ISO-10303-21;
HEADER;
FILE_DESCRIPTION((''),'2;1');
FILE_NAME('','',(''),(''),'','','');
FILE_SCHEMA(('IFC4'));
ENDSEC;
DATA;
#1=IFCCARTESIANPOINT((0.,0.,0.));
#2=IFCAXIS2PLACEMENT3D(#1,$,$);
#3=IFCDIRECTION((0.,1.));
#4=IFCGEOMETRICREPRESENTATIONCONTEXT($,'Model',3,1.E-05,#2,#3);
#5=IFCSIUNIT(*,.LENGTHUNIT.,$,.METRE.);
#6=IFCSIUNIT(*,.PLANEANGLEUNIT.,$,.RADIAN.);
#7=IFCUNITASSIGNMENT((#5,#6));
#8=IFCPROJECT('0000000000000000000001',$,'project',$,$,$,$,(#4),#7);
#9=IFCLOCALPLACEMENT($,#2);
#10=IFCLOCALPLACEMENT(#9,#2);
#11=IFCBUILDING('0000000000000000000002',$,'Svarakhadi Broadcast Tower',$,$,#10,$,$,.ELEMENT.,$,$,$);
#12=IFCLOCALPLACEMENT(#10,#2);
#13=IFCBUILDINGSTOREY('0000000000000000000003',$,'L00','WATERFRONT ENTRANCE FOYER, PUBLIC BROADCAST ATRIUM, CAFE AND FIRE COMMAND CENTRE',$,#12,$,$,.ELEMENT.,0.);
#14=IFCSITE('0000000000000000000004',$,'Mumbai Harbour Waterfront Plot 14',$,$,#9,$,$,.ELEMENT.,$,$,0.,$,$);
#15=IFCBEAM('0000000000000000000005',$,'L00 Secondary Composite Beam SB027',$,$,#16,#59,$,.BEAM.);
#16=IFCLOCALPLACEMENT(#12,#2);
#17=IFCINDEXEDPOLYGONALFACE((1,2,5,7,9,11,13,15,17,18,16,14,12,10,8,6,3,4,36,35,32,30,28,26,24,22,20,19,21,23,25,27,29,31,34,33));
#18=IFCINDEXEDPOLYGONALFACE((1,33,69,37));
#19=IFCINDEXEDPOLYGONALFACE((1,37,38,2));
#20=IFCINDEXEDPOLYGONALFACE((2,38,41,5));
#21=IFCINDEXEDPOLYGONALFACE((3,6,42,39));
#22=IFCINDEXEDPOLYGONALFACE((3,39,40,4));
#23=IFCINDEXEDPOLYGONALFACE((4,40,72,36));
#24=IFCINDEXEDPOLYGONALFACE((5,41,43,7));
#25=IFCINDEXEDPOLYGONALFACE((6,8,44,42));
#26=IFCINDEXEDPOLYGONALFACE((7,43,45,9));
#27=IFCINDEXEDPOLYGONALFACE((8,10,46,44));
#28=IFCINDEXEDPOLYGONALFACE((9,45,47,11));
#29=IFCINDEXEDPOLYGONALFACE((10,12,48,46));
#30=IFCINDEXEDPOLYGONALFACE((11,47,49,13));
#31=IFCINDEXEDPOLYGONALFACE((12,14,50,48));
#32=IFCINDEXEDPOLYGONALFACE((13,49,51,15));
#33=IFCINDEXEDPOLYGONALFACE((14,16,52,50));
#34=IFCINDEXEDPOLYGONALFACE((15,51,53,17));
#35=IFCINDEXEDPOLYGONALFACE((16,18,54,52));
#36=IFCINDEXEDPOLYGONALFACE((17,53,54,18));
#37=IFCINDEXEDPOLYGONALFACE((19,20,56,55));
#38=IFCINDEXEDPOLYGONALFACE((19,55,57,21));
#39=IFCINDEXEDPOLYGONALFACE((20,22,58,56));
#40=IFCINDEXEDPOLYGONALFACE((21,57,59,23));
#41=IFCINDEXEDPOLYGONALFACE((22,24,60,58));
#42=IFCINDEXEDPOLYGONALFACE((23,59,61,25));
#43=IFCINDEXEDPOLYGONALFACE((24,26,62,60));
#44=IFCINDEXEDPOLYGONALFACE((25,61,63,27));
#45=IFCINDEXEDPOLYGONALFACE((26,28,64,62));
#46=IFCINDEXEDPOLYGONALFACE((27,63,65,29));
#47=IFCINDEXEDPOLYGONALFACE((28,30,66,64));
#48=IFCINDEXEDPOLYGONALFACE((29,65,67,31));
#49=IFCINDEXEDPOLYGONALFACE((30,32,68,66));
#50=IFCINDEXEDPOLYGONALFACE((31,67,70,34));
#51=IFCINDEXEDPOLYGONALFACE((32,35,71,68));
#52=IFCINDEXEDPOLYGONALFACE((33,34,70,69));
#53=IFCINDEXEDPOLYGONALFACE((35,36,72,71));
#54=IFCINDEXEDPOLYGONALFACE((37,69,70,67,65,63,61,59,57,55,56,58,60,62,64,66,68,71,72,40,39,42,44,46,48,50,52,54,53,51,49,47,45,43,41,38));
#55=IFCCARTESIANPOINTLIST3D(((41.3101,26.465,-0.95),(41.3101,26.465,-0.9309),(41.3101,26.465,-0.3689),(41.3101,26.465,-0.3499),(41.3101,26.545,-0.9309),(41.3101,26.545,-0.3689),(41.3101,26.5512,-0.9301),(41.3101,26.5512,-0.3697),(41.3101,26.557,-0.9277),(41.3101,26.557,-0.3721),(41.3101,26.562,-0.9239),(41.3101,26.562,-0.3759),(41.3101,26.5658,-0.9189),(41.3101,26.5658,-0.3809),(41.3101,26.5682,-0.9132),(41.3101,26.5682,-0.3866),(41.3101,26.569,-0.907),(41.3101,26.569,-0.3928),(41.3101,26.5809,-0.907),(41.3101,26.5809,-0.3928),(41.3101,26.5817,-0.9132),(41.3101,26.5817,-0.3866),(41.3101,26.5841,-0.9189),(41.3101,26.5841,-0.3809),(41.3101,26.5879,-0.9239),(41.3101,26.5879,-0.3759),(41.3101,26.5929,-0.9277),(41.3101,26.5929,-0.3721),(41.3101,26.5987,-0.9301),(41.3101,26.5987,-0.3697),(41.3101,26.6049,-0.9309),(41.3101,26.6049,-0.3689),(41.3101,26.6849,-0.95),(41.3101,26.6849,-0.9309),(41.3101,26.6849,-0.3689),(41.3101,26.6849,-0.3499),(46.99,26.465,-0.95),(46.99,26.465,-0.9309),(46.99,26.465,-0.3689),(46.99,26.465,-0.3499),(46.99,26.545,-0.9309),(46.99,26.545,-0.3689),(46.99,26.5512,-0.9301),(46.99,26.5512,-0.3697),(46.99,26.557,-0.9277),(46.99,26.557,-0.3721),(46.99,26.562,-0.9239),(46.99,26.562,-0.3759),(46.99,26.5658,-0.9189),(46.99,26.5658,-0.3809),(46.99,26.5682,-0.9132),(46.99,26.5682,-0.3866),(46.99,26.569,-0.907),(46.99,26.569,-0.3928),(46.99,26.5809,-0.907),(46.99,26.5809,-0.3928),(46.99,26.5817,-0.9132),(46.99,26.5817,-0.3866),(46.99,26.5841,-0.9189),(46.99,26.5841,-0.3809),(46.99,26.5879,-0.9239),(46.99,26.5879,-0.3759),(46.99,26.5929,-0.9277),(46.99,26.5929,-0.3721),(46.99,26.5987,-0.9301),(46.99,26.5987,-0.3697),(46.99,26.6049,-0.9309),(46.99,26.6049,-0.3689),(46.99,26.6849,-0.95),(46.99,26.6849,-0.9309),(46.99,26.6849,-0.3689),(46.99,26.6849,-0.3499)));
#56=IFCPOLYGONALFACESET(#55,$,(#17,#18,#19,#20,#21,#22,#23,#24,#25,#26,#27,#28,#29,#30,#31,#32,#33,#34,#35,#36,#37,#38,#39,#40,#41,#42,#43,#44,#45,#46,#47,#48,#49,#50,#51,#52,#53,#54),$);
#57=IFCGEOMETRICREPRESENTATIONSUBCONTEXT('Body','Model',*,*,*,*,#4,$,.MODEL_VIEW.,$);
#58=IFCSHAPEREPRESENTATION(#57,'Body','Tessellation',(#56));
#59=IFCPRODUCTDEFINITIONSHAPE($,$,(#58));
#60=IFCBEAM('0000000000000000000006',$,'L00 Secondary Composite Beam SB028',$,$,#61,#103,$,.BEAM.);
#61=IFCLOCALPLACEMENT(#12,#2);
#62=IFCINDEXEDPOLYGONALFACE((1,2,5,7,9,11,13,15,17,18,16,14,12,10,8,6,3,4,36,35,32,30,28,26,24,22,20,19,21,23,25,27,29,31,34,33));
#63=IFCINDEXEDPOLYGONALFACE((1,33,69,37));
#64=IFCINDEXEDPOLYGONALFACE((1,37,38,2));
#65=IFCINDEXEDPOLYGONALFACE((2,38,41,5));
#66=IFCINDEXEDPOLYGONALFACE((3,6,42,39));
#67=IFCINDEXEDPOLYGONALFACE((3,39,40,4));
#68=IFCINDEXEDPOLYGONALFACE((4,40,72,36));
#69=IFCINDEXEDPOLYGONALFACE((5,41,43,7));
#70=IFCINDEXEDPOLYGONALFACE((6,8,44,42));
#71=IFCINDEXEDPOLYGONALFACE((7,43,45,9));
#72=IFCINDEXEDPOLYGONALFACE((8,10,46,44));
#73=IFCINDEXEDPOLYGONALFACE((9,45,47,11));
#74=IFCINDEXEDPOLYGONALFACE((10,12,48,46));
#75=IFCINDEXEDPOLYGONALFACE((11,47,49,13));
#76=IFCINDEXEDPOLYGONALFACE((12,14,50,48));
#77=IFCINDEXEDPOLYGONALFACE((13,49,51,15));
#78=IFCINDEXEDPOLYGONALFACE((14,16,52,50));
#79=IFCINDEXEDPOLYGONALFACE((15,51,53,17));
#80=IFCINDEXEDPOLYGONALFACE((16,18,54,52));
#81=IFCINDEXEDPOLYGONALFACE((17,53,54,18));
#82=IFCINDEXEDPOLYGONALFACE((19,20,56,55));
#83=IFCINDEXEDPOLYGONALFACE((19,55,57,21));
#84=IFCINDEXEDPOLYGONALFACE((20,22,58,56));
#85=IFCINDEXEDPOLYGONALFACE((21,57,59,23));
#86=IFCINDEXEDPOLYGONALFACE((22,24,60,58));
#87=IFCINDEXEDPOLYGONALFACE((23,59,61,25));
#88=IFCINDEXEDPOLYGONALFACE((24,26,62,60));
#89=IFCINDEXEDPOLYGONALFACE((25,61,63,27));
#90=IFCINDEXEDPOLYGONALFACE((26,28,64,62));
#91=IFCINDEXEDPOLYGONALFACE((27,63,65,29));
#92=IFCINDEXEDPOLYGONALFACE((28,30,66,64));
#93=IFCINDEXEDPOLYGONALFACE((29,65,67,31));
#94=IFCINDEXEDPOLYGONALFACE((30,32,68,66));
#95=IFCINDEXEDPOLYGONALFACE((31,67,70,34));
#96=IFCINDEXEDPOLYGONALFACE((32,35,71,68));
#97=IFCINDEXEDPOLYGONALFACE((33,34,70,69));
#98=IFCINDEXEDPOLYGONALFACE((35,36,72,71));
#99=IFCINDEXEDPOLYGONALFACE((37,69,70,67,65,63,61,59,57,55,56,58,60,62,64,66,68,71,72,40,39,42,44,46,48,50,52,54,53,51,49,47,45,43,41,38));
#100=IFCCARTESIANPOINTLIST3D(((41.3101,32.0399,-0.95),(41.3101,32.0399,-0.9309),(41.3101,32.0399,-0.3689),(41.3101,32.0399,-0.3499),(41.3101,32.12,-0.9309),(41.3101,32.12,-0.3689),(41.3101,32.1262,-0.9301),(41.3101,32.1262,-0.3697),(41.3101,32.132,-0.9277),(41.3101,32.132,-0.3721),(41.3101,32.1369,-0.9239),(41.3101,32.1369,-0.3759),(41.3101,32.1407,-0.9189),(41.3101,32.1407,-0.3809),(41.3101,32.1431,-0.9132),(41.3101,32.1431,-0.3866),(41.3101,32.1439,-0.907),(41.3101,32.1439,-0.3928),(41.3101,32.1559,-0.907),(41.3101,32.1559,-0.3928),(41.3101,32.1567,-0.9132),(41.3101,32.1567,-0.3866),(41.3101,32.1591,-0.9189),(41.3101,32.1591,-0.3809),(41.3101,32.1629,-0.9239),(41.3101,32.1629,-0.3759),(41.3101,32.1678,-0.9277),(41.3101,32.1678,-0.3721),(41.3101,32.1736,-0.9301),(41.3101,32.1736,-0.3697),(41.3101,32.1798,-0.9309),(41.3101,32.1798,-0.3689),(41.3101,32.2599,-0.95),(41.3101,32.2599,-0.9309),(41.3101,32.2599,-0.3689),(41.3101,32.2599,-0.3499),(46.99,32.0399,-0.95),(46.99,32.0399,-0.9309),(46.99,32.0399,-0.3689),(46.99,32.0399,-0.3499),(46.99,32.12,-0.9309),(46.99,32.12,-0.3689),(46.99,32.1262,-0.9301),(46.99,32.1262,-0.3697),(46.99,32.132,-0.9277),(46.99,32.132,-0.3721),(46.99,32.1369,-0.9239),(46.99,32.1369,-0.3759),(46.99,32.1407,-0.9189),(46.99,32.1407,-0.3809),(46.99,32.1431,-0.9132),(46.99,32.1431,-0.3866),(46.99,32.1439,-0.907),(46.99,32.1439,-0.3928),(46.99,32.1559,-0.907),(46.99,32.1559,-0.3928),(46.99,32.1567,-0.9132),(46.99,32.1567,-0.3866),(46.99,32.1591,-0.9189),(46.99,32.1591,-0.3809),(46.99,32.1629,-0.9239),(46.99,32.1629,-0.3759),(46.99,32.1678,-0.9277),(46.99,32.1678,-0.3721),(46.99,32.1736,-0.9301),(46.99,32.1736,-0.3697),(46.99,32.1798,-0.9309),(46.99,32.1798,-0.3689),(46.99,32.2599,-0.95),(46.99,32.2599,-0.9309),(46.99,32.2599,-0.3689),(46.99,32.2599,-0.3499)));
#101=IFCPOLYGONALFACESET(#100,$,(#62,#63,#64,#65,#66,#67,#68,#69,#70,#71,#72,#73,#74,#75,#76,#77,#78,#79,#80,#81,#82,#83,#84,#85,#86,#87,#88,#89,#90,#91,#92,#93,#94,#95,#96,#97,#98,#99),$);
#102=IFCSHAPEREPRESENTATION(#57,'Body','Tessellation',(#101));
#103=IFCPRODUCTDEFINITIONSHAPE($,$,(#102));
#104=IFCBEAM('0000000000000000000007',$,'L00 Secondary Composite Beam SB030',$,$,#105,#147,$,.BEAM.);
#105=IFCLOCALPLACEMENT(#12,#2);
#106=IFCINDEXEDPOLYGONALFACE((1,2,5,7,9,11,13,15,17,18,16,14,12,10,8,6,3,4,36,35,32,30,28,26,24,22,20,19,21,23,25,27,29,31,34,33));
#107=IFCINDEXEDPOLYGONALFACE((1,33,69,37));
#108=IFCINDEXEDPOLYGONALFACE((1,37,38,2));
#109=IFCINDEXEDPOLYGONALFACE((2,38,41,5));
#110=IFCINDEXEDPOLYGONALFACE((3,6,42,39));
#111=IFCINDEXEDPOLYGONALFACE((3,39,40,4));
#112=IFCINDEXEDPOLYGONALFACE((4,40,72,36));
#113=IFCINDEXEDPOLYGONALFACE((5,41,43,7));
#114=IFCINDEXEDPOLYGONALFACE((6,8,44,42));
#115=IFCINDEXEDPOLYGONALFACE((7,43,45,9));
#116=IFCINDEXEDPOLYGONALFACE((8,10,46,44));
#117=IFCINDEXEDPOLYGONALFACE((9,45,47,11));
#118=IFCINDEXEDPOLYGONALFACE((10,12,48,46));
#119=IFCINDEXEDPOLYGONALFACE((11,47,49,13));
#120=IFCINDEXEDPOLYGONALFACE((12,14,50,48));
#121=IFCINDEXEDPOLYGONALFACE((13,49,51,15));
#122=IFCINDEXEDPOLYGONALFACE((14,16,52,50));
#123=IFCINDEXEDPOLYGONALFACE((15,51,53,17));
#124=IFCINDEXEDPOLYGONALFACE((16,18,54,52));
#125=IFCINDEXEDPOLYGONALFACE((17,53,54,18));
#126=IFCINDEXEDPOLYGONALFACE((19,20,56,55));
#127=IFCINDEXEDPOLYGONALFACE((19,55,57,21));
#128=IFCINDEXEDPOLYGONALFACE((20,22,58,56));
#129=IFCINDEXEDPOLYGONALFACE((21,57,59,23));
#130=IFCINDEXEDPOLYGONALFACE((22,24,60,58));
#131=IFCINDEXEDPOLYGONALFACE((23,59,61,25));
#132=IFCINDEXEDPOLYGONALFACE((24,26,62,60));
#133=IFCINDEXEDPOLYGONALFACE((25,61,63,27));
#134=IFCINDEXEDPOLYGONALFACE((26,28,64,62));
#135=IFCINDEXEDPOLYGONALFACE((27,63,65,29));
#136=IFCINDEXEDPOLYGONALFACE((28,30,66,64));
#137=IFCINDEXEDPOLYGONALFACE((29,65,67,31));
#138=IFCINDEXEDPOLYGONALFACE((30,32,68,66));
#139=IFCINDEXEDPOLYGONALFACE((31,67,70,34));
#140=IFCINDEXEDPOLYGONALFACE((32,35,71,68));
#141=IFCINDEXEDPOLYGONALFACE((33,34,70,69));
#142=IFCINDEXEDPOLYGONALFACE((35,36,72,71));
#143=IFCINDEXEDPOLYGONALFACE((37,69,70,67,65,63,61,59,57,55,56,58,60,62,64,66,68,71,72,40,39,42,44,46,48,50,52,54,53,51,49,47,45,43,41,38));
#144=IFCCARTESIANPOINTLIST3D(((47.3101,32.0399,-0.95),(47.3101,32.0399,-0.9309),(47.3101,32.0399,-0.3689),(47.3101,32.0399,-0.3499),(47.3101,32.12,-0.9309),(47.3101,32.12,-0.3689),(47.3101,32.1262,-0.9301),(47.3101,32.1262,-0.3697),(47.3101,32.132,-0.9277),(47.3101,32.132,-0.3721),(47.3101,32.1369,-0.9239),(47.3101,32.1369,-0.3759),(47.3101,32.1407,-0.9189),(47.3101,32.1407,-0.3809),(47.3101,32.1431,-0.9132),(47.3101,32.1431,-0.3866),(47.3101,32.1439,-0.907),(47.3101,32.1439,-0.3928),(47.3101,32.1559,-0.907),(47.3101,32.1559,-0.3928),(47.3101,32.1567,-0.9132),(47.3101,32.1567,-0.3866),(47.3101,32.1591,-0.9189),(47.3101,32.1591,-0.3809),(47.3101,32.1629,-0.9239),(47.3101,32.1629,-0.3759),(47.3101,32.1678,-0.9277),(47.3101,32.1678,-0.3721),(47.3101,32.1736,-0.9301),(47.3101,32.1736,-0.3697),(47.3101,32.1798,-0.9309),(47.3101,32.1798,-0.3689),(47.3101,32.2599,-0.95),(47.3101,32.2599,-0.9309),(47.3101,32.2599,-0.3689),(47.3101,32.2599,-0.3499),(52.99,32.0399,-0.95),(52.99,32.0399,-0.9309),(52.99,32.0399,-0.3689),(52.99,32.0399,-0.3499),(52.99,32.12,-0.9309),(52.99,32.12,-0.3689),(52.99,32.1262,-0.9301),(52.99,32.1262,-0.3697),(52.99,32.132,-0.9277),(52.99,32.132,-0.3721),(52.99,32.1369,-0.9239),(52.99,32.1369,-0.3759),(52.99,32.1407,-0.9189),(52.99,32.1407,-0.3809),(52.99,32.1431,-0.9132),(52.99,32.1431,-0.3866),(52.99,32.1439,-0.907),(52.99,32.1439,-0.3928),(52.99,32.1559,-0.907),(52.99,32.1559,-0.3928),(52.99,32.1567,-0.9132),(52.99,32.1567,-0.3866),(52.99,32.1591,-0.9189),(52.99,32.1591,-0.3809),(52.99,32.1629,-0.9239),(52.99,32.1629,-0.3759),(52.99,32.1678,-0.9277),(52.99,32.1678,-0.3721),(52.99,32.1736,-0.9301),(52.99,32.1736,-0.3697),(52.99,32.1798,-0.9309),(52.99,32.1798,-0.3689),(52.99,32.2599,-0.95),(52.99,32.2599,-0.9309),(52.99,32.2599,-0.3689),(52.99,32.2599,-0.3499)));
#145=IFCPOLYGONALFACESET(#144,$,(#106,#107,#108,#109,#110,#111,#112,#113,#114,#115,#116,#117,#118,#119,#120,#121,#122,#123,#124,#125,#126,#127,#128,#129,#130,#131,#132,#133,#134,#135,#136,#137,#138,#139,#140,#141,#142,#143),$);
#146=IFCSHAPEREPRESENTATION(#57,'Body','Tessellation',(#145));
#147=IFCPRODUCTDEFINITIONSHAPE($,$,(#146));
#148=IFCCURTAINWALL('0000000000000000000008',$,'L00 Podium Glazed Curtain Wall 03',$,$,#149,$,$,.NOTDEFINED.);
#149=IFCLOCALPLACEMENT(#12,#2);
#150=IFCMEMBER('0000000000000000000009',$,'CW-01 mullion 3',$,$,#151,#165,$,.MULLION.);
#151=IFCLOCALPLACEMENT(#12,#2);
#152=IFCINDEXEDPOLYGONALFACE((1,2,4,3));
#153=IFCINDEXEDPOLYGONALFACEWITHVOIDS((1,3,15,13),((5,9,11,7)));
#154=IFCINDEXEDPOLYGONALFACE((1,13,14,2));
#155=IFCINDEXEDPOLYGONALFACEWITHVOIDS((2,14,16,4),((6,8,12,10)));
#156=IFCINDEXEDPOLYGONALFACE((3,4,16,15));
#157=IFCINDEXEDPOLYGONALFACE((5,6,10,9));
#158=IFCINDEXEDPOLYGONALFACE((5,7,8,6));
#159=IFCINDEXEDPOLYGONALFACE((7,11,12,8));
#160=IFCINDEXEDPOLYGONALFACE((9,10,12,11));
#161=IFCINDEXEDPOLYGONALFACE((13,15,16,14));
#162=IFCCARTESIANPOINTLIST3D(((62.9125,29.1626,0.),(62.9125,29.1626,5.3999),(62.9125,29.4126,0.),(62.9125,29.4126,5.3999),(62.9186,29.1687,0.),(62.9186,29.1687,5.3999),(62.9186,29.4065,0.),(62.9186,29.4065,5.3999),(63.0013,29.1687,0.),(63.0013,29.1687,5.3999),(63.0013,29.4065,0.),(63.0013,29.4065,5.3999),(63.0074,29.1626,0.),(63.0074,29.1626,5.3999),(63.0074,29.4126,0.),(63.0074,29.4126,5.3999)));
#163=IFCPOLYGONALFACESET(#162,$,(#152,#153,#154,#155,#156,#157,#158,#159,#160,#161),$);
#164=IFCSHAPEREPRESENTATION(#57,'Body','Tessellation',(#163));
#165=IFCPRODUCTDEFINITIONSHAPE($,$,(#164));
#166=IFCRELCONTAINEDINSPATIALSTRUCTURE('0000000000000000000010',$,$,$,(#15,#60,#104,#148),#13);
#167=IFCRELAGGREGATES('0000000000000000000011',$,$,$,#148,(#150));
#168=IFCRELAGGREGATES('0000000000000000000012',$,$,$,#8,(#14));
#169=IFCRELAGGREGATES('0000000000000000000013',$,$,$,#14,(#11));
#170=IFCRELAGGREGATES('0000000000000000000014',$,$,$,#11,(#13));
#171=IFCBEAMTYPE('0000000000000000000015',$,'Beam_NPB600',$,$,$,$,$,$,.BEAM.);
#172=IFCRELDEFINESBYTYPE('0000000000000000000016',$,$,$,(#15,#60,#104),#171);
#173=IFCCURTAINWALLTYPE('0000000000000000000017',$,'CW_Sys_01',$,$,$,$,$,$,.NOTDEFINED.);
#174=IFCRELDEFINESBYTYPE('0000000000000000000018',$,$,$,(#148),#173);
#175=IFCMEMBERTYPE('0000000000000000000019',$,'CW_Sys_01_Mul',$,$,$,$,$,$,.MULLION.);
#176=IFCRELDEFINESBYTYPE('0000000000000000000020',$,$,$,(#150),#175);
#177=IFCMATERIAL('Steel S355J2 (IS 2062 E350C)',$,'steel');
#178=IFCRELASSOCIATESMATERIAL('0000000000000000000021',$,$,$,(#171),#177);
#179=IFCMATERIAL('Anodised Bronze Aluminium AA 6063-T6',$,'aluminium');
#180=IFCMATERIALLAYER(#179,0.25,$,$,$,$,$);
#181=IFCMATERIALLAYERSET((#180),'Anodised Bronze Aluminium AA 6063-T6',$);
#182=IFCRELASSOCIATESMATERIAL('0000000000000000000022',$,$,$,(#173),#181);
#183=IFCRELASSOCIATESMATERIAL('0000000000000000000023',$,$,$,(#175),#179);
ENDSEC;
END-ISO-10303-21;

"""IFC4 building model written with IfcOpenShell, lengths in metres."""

from ifc_helpers import new_model, si_unit, direction, frame, origin, origin_2d, place, context, subcontext, project, spatial, hollow_rectangle, i_section, extrude, material, layer, layer_set, material_profile, profile_set, type_object, element, aggregate, save


model = new_model("IFC4")

# Units and contexts
model_context = context("Model", 3, precision=1e-05, world=origin(), true_north=direction((0.0, 1.0)))
body_context = subcontext(model_context, "Body", "Model", "MODEL_VIEW")
ifc_project = project(units=[si_unit("LENGTHUNIT", "METRE"), si_unit("PLANEANGLEUNIT", "RADIAN")], contexts=[model_context])

# Site, building, storey
site_placement = place(None, origin())
site = spatial("IfcSite", under=ifc_project, at=site_placement, Name="Mumbai Harbour Waterfront Plot 14", CompositionType="ELEMENT", RefElevation=0.0)
building_placement = place(site_placement, origin())
building = spatial("IfcBuilding", under=site, at=building_placement, Name="Svarakhadi Broadcast Tower", CompositionType="ELEMENT")
storey_placement = place(building_placement, origin())
storey = spatial("IfcBuildingStorey", under=building, at=storey_placement, Name="L00", Description="WATERFRONT ENTRANCE FOYER, PUBLIC BROADCAST ATRIUM, CAFE AND FIRE COMMAND CENTRE", CompositionType="ELEMENT", Elevation=0.0)

# Beams
ifc_material_1 = material(Name="Steel S355J2 (IS 2062 E350C)", Category="steel")
ifc_material_profile_1 = material_profile(ifc_material_1, i_section(OverallWidth=0.22, OverallDepth=0.6001, WebThickness=0.012, FlangeThickness=0.019, FilletRadius=0.0239, at=origin_2d()), Name="NPB 600x220x122")
ifc_profile_set_1 = profile_set([ifc_material_profile_1], Name="Steel S355J2 (IS 2062 E350C)")
beam_type_1 = type_object("IfcBeamType", Name="Beam_NPB600", PredefinedType="BEAM", material=ifc_profile_set_1)
for number, where, z_axis, x_axis, name in (
    (1, (41.3101, 26.575, -0.6499), (1.0, 0.0, 0.0), (0.0, 1.0, 0.0), "L00 Secondary Composite Beam SB027"),
    (2, (41.3101, 32.1499, -0.6499), (1.0, 0.0, 0.0), (0.0, 1.0, 0.0), "L00 Secondary Composite Beam SB028"),
    (3, (47.3101, 32.1499, -0.6499), (1.0, 0.0, 0.0), (0.0, 1.0, 0.0), "L00 Secondary Composite Beam SB030"),
):
    element("IfcBeam", number, at=place(storey_placement, frame(where, z_axis=z_axis, x_axis=x_axis)), inside=storey, type_object=beam_type_1, Name=name, PredefinedType="BEAM", context=body_context, shape_type="SweptSolid", body=[
        extrude(i_section(OverallWidth=0.22, OverallDepth=0.6001, WebThickness=0.012, FlangeThickness=0.019, FilletRadius=0.0239, at=origin_2d()), origin(), (0.0, 0.0, 1.0), 5.6799),
    ])

# Curtain wall, member
ifc_material_2 = material(Name="Anodised Bronze Aluminium AA 6063-T6", Category="aluminium")
ifc_layer_1 = layer(ifc_material_2, 0.25)
ifc_layer_set_1 = layer_set([ifc_layer_1], Name="Anodised Bronze Aluminium AA 6063-T6")
curtain_wall_type = type_object("IfcCurtainWallType", Name="CW_Sys_01", PredefinedType="NOTDEFINED", material=ifc_layer_set_1)
curtain_wall_placement = place(storey_placement, origin())
curtain_wall = element("IfcCurtainWall", 4, at=curtain_wall_placement, inside=storey, type_object=curtain_wall_type, Name="L00 Podium Glazed Curtain Wall 03", PredefinedType="NOTDEFINED")
ifc_material_profile_2 = material_profile(ifc_material_2, hollow_rectangle(XDim=0.095, YDim=0.25, WallThickness=0.0061, at=origin_2d()), Name="ALU MULLION 250x95x6")
ifc_profile_set_2 = profile_set([ifc_material_profile_2], Name="Anodised Bronze Aluminium AA 6063-T6")
member_type = type_object("IfcMemberType", Name="CW_Sys_01_Mul", PredefinedType="MULLION", material=ifc_profile_set_2)
member_placement = place(storey_placement, frame((62.96, 29.2876, 0.0), z_axis=(0.0, 0.0, 1.0), x_axis=(1.0, 0.0, 0.0)))
member = element("IfcMember", 5, at=member_placement, type_object=member_type, Name="CW-01 mullion 3", PredefinedType="MULLION", context=body_context, shape_type="SweptSolid", body=[
    extrude(hollow_rectangle(XDim=0.095, YDim=0.25, WallThickness=0.0061, at=origin_2d()), origin(), (0.0, 0.0, 1.0), 5.3999),
])

aggregate(curtain_wall, [member])

save(model, "model.ifc")
